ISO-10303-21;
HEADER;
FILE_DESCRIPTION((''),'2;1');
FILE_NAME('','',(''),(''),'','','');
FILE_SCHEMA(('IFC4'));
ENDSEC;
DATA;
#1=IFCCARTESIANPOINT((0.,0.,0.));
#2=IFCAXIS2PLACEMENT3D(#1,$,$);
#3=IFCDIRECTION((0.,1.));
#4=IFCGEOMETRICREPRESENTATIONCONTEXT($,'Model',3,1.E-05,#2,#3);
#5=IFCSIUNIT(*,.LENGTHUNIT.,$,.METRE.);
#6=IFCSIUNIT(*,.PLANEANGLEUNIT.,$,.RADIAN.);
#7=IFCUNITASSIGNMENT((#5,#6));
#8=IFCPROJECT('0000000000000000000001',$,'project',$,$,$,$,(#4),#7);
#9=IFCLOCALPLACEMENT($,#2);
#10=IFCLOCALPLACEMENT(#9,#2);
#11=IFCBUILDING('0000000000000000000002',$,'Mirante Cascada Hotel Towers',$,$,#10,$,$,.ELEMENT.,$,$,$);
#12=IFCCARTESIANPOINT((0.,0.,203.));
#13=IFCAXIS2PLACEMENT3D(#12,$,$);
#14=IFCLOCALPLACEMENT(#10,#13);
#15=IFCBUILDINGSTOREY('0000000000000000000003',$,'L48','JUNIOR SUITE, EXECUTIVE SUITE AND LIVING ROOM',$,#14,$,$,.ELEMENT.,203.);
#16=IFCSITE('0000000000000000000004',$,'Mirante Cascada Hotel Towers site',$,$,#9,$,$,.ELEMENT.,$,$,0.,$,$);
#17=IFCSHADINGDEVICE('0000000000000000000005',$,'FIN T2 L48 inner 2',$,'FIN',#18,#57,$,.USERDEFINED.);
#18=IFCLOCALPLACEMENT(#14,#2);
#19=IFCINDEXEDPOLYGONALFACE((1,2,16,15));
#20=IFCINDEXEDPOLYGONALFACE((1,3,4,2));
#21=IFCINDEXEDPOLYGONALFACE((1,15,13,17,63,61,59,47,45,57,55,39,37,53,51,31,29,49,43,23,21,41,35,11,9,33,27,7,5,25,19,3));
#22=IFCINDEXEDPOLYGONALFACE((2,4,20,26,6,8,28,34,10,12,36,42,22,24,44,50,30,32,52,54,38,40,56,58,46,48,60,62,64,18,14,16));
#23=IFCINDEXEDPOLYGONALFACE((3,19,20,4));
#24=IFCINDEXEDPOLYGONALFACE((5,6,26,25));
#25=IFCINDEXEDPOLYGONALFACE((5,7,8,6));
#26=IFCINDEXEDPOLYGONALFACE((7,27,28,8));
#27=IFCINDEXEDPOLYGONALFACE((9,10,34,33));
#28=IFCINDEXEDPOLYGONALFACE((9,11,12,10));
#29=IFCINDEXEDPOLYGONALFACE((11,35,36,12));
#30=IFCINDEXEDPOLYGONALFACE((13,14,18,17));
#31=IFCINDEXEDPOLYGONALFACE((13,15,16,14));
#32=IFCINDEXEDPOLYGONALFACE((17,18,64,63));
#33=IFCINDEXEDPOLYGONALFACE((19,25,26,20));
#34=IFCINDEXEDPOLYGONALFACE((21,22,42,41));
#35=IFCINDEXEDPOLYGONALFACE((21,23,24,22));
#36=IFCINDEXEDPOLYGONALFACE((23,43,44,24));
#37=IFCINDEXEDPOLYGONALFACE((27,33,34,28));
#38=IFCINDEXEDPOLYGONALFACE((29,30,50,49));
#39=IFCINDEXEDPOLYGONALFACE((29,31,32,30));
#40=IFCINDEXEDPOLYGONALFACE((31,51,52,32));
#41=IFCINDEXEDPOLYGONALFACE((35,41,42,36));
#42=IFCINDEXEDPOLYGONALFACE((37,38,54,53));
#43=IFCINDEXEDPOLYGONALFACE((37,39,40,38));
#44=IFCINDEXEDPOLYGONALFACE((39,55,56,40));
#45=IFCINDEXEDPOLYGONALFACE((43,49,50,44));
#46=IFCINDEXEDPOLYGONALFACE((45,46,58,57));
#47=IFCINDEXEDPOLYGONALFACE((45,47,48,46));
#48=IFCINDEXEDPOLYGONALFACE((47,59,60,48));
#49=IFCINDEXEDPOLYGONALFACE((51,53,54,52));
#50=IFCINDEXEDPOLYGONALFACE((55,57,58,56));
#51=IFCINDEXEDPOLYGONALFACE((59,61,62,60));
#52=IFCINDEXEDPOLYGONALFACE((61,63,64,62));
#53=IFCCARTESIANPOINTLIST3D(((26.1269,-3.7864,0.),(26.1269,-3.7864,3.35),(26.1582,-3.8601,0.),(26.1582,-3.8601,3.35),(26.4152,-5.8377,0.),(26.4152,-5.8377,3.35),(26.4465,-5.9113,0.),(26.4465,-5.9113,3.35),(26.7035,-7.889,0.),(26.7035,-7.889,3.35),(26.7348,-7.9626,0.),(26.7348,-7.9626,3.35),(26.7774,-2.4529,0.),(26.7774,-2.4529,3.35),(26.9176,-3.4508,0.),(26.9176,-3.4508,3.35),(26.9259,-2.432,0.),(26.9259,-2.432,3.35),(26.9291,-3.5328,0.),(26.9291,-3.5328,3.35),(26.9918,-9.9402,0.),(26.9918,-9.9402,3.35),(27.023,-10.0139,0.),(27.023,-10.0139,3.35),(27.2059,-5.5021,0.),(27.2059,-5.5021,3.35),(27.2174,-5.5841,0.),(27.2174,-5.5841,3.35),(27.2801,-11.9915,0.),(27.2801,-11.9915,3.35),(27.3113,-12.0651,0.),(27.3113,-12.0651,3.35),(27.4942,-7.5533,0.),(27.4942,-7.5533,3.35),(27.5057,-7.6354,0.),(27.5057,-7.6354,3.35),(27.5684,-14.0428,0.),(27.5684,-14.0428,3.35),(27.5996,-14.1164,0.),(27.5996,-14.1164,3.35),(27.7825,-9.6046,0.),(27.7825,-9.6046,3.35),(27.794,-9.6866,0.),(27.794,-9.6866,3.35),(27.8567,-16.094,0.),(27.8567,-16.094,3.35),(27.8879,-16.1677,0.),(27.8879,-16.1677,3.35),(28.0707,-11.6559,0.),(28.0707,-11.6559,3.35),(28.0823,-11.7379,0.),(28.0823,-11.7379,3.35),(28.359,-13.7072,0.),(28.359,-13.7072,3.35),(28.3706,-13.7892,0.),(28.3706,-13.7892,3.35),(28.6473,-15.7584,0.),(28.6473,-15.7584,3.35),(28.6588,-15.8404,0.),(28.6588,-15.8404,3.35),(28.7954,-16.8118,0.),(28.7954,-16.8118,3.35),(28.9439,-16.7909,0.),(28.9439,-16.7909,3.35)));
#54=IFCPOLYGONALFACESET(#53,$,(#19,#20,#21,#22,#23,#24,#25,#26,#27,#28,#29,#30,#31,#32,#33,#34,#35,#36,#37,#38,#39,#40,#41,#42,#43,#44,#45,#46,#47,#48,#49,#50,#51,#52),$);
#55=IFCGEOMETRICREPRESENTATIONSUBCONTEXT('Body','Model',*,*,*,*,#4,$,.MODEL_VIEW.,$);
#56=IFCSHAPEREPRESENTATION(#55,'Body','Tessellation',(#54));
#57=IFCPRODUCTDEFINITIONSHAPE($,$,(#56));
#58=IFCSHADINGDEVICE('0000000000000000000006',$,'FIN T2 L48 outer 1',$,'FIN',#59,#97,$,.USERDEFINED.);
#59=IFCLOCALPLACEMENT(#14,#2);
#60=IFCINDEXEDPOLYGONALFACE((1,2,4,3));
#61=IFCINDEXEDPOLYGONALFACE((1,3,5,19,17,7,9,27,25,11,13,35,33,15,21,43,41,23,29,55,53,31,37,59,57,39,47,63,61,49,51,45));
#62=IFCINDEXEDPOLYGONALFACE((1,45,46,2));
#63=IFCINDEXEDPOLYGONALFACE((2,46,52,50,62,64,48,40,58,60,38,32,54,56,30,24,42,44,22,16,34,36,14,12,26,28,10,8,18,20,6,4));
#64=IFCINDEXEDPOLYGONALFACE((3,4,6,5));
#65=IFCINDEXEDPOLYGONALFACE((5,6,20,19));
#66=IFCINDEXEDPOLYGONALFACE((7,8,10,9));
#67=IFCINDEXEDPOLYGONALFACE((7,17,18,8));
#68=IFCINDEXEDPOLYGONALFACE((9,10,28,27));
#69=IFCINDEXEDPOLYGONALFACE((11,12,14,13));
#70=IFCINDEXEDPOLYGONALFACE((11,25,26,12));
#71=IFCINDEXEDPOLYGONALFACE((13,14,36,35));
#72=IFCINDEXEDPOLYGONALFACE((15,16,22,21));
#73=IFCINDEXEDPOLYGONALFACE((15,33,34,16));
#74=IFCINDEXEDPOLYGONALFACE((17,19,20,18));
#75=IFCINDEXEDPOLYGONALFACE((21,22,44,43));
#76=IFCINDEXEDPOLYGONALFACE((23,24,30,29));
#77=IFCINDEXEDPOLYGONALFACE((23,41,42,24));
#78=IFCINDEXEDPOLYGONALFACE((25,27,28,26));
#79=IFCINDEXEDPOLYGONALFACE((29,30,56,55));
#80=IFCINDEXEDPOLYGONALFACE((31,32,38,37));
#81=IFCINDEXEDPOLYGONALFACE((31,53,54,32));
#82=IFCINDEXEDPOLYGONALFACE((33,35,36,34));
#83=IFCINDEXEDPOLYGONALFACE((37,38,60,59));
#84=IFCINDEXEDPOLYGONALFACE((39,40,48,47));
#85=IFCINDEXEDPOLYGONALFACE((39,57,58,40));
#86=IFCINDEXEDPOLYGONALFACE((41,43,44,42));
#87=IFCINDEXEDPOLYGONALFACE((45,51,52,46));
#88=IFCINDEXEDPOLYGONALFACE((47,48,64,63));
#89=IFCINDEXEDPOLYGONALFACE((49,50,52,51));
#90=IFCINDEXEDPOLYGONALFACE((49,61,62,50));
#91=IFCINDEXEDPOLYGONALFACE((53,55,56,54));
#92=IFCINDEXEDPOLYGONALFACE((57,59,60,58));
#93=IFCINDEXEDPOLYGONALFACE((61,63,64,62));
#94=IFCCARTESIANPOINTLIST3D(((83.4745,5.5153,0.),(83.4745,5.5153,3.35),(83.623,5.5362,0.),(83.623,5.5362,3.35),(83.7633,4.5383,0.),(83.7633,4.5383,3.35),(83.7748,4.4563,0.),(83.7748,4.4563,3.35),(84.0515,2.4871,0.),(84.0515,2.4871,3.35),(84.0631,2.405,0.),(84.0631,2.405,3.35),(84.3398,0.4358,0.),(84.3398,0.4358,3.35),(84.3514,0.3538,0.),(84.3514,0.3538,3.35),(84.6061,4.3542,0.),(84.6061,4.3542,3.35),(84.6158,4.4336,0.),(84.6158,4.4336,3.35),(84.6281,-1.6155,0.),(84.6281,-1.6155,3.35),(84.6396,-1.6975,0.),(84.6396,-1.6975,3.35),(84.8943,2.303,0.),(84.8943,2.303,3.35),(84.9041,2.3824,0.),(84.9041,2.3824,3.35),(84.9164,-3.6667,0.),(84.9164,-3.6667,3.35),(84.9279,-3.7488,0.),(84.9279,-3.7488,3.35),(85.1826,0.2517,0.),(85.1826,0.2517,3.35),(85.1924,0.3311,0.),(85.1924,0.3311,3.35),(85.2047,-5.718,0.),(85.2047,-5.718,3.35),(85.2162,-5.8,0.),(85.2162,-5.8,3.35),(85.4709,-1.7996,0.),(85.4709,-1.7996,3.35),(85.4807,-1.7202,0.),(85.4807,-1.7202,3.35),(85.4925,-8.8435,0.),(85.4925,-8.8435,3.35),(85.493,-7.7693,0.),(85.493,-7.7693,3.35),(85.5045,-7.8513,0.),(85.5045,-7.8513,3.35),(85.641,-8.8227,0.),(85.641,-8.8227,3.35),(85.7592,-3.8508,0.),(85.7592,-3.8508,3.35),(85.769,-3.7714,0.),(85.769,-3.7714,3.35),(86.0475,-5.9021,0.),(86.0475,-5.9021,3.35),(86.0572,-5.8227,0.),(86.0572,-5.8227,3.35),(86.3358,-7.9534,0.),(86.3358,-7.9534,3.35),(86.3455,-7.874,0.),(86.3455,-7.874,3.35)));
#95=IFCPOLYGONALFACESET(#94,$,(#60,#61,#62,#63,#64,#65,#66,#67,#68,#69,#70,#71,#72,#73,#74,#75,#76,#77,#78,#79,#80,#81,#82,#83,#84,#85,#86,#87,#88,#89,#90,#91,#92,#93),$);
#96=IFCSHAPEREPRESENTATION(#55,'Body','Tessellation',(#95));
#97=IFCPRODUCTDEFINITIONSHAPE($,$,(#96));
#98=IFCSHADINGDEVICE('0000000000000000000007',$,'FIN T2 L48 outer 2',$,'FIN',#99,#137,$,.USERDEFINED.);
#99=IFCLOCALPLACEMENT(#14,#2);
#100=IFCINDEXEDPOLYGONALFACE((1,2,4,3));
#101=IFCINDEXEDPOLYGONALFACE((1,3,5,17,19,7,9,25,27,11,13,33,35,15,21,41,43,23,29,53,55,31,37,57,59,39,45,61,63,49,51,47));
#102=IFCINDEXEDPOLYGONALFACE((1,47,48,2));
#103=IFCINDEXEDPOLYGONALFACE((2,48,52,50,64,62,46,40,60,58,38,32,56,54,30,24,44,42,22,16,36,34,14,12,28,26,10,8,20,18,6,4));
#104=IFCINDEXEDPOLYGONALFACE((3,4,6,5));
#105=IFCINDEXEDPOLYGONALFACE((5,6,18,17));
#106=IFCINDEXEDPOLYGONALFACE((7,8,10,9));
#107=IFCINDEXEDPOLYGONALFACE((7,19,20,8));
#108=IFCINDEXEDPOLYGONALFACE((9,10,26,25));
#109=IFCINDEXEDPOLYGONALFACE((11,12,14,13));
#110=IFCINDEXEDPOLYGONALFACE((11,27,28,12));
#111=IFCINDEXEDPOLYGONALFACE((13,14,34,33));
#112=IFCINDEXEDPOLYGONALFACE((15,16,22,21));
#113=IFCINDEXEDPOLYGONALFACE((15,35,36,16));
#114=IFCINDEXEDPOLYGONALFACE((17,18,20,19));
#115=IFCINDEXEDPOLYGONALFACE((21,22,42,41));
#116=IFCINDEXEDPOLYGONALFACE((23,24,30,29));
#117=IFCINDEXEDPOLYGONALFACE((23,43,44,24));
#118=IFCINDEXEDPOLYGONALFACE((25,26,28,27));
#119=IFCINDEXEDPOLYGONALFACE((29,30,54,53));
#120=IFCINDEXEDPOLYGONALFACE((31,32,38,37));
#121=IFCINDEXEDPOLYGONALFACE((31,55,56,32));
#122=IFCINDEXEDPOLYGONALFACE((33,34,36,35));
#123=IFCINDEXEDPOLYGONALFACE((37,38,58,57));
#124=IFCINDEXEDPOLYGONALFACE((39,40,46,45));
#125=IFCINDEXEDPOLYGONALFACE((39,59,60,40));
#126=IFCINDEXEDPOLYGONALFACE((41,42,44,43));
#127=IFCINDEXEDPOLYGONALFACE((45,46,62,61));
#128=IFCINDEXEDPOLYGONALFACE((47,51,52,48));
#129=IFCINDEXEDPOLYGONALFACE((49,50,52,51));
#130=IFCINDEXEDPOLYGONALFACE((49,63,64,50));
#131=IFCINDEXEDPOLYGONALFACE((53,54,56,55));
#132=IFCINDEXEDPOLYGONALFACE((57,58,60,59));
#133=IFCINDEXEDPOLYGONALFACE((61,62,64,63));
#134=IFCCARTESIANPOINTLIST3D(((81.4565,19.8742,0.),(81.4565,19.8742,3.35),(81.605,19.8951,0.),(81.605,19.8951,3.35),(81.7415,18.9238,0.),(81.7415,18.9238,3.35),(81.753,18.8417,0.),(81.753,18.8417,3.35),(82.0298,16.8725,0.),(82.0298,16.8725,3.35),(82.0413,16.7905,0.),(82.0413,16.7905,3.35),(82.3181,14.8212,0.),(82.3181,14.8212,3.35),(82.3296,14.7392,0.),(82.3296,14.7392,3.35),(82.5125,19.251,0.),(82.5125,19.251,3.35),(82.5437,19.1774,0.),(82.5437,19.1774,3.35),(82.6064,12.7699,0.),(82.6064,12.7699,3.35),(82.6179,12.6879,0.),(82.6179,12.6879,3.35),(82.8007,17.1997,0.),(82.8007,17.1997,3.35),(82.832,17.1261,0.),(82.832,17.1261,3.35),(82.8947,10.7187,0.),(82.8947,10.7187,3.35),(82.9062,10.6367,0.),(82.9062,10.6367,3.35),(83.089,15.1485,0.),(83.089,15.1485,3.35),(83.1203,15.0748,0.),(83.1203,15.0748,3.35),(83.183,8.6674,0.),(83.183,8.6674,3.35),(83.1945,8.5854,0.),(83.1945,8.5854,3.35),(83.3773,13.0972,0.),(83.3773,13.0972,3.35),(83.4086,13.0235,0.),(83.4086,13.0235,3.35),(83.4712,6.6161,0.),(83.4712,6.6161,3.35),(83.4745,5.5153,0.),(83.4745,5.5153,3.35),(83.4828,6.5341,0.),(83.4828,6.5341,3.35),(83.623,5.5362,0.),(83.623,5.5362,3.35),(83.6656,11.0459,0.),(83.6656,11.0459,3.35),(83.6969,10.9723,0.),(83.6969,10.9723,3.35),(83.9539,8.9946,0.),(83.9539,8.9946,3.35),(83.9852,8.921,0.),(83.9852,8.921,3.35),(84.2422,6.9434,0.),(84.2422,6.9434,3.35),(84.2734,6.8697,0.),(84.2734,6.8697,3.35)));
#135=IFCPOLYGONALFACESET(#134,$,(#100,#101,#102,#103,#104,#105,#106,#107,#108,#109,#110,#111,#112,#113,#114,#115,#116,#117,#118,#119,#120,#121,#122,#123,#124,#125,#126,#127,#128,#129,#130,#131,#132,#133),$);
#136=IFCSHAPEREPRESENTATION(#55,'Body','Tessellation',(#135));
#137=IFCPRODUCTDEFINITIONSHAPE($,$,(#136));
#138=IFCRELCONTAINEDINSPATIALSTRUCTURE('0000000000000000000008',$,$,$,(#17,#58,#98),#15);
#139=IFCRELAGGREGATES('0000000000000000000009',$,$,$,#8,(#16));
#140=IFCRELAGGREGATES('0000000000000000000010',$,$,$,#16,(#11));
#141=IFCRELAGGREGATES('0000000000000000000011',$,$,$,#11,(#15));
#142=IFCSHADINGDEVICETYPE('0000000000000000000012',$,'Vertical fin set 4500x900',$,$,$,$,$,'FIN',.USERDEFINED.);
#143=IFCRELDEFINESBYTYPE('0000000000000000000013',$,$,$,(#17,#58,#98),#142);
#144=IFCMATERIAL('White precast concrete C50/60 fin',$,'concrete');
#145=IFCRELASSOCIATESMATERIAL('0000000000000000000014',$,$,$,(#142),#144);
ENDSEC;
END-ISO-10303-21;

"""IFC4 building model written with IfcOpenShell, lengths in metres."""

from ifc_helpers import new_model, si_unit, direction, frame, origin, place, context, subcontext, project, spatial, polyline, outline, extrude, material, type_object, element, save


model = new_model("IFC4")

# Units and contexts
model_context = context("Model", 3, precision=1e-05, world=origin(), true_north=direction((0.0, 1.0)))
body_context = subcontext(model_context, "Body", "Model", "MODEL_VIEW")
ifc_project = project(units=[si_unit("LENGTHUNIT", "METRE"), si_unit("PLANEANGLEUNIT", "RADIAN")], contexts=[model_context])

# Site, building, storey
site_placement = place(None, origin())
site = spatial("IfcSite", under=ifc_project, at=site_placement, Name="Mirante Cascada Hotel Towers site", CompositionType="ELEMENT", RefElevation=0.0)
building_placement = place(site_placement, origin())
building = spatial("IfcBuilding", under=site, at=building_placement, Name="Mirante Cascada Hotel Towers", CompositionType="ELEMENT")
storey_placement = place(building_placement, frame((0.0, 0.0, 203.0)))
storey = spatial("IfcBuildingStorey", under=building, at=storey_placement, Name="L48", Description="JUNIOR SUITE, EXECUTIVE SUITE AND LIVING ROOM", CompositionType="ELEMENT", Elevation=203.0)

# Shading devices
ifc_material_1 = material(Name="White precast concrete C50/60 fin", Category="concrete")
shading_device_type = type_object("IfcShadingDeviceType", Name="Vertical fin set 4500x900", ElementType="FIN", PredefinedType="USERDEFINED", material=ifc_material_1)
shading_device_1_placement = place(storey_placement, origin())
element("IfcShadingDevice", 1, at=shading_device_1_placement, inside=storey, type_object=shading_device_type, Name="FIN T2 L48 inner 2", ObjectType="FIN", PredefinedType="USERDEFINED", context=body_context, shape_type="SweptSolid", body=[
    extrude(outline(polyline([(27.8567, -16.094), (28.6473, -15.7584), (28.3706, -13.7892), (27.5996, -14.1164), (27.5684, -14.0428), (28.359, -13.7072), (28.0823, -11.7379), (27.3113, -12.0651), (27.2801, -11.9915), (28.0707, -11.6559), (27.794, -9.6866), (27.023, -10.0139), (26.9918, -9.9402), (27.7825, -9.6046), (27.5057, -7.6354), (26.7348, -7.9626), (26.7035, -7.889), (27.4942, -7.5533), (27.2174, -5.5841), (26.4465, -5.9113), (26.4152, -5.8377), (27.2059, -5.5021), (26.9291, -3.5328), (26.1582, -3.8601), (26.1269, -3.7864), (26.9176, -3.4508), (26.7774, -2.4529), (26.9259, -2.432), (28.9439, -16.7909), (28.7954, -16.8118), (28.6588, -15.8404), (27.8879, -16.1677), (27.8567, -16.094)])), origin(), (0.0, 0.0, 1.0), 3.35),
])
shading_device_2_placement = place(storey_placement, origin())
element("IfcShadingDevice", 2, at=shading_device_2_placement, inside=storey, type_object=shading_device_type, Name="FIN T2 L48 outer 1", ObjectType="FIN", PredefinedType="USERDEFINED", context=body_context, shape_type="SweptSolid", body=[
    extrude(outline(polyline([(86.3358, -7.9534), (85.5045, -7.8513), (85.641, -8.8227), (85.4925, -8.8435), (83.4745, 5.5153), (83.623, 5.5362), (83.7633, 4.5383), (84.6158, 4.4336), (84.6061, 4.3542), (83.7748, 4.4563), (84.0515, 2.4871), (84.9041, 2.3824), (84.8943, 2.303), (84.0631, 2.405), (84.3398, 0.4358), (85.1924, 0.3311), (85.1826, 0.2517), (84.3514, 0.3538), (84.6281, -1.6155), (85.4807, -1.7202), (85.4709, -1.7996), (84.6396, -1.6975), (84.9164, -3.6667), (85.769, -3.7714), (85.7592, -3.8508), (84.9279, -3.7488), (85.2047, -5.718), (86.0572, -5.8227), (86.0475, -5.9021), (85.2162, -5.8), (85.493, -7.7693), (86.3455, -7.874), (86.3358, -7.9534)])), origin(), (0.0, 0.0, 1.0), 3.35),
])
shading_device_3_placement = place(storey_placement, origin())
element("IfcShadingDevice", 3, at=shading_device_3_placement, inside=storey, type_object=shading_device_type, Name="FIN T2 L48 outer 2", ObjectType="FIN", PredefinedType="USERDEFINED", context=body_context, shape_type="SweptSolid", body=[
    extrude(outline(polyline([(84.2734, 6.8697), (83.4828, 6.5341), (83.623, 5.5362), (83.4745, 5.5153), (81.4565, 19.8742), (81.605, 19.8951), (81.7415, 18.9238), (82.5125, 19.251), (82.5437, 19.1774), (81.753, 18.8417), (82.0298, 16.8725), (82.8007, 17.1997), (82.832, 17.1261), (82.0413, 16.7905), (82.3181, 14.8212), (83.089, 15.1485), (83.1203, 15.0748), (82.3296, 14.7392), (82.6064, 12.7699), (83.3773, 13.0972), (83.4086, 13.0235), (82.6179, 12.6879), (82.8947, 10.7187), (83.6656, 11.0459), (83.6969, 10.9723), (82.9062, 10.6367), (83.183, 8.6674), (83.9539, 8.9946), (83.9852, 8.921), (83.1945, 8.5854), (83.4712, 6.6161), (84.2422, 6.9434), (84.2734, 6.8697)])), origin(), (0.0, 0.0, 1.0), 3.35),
])

save(model, "model.ifc")
